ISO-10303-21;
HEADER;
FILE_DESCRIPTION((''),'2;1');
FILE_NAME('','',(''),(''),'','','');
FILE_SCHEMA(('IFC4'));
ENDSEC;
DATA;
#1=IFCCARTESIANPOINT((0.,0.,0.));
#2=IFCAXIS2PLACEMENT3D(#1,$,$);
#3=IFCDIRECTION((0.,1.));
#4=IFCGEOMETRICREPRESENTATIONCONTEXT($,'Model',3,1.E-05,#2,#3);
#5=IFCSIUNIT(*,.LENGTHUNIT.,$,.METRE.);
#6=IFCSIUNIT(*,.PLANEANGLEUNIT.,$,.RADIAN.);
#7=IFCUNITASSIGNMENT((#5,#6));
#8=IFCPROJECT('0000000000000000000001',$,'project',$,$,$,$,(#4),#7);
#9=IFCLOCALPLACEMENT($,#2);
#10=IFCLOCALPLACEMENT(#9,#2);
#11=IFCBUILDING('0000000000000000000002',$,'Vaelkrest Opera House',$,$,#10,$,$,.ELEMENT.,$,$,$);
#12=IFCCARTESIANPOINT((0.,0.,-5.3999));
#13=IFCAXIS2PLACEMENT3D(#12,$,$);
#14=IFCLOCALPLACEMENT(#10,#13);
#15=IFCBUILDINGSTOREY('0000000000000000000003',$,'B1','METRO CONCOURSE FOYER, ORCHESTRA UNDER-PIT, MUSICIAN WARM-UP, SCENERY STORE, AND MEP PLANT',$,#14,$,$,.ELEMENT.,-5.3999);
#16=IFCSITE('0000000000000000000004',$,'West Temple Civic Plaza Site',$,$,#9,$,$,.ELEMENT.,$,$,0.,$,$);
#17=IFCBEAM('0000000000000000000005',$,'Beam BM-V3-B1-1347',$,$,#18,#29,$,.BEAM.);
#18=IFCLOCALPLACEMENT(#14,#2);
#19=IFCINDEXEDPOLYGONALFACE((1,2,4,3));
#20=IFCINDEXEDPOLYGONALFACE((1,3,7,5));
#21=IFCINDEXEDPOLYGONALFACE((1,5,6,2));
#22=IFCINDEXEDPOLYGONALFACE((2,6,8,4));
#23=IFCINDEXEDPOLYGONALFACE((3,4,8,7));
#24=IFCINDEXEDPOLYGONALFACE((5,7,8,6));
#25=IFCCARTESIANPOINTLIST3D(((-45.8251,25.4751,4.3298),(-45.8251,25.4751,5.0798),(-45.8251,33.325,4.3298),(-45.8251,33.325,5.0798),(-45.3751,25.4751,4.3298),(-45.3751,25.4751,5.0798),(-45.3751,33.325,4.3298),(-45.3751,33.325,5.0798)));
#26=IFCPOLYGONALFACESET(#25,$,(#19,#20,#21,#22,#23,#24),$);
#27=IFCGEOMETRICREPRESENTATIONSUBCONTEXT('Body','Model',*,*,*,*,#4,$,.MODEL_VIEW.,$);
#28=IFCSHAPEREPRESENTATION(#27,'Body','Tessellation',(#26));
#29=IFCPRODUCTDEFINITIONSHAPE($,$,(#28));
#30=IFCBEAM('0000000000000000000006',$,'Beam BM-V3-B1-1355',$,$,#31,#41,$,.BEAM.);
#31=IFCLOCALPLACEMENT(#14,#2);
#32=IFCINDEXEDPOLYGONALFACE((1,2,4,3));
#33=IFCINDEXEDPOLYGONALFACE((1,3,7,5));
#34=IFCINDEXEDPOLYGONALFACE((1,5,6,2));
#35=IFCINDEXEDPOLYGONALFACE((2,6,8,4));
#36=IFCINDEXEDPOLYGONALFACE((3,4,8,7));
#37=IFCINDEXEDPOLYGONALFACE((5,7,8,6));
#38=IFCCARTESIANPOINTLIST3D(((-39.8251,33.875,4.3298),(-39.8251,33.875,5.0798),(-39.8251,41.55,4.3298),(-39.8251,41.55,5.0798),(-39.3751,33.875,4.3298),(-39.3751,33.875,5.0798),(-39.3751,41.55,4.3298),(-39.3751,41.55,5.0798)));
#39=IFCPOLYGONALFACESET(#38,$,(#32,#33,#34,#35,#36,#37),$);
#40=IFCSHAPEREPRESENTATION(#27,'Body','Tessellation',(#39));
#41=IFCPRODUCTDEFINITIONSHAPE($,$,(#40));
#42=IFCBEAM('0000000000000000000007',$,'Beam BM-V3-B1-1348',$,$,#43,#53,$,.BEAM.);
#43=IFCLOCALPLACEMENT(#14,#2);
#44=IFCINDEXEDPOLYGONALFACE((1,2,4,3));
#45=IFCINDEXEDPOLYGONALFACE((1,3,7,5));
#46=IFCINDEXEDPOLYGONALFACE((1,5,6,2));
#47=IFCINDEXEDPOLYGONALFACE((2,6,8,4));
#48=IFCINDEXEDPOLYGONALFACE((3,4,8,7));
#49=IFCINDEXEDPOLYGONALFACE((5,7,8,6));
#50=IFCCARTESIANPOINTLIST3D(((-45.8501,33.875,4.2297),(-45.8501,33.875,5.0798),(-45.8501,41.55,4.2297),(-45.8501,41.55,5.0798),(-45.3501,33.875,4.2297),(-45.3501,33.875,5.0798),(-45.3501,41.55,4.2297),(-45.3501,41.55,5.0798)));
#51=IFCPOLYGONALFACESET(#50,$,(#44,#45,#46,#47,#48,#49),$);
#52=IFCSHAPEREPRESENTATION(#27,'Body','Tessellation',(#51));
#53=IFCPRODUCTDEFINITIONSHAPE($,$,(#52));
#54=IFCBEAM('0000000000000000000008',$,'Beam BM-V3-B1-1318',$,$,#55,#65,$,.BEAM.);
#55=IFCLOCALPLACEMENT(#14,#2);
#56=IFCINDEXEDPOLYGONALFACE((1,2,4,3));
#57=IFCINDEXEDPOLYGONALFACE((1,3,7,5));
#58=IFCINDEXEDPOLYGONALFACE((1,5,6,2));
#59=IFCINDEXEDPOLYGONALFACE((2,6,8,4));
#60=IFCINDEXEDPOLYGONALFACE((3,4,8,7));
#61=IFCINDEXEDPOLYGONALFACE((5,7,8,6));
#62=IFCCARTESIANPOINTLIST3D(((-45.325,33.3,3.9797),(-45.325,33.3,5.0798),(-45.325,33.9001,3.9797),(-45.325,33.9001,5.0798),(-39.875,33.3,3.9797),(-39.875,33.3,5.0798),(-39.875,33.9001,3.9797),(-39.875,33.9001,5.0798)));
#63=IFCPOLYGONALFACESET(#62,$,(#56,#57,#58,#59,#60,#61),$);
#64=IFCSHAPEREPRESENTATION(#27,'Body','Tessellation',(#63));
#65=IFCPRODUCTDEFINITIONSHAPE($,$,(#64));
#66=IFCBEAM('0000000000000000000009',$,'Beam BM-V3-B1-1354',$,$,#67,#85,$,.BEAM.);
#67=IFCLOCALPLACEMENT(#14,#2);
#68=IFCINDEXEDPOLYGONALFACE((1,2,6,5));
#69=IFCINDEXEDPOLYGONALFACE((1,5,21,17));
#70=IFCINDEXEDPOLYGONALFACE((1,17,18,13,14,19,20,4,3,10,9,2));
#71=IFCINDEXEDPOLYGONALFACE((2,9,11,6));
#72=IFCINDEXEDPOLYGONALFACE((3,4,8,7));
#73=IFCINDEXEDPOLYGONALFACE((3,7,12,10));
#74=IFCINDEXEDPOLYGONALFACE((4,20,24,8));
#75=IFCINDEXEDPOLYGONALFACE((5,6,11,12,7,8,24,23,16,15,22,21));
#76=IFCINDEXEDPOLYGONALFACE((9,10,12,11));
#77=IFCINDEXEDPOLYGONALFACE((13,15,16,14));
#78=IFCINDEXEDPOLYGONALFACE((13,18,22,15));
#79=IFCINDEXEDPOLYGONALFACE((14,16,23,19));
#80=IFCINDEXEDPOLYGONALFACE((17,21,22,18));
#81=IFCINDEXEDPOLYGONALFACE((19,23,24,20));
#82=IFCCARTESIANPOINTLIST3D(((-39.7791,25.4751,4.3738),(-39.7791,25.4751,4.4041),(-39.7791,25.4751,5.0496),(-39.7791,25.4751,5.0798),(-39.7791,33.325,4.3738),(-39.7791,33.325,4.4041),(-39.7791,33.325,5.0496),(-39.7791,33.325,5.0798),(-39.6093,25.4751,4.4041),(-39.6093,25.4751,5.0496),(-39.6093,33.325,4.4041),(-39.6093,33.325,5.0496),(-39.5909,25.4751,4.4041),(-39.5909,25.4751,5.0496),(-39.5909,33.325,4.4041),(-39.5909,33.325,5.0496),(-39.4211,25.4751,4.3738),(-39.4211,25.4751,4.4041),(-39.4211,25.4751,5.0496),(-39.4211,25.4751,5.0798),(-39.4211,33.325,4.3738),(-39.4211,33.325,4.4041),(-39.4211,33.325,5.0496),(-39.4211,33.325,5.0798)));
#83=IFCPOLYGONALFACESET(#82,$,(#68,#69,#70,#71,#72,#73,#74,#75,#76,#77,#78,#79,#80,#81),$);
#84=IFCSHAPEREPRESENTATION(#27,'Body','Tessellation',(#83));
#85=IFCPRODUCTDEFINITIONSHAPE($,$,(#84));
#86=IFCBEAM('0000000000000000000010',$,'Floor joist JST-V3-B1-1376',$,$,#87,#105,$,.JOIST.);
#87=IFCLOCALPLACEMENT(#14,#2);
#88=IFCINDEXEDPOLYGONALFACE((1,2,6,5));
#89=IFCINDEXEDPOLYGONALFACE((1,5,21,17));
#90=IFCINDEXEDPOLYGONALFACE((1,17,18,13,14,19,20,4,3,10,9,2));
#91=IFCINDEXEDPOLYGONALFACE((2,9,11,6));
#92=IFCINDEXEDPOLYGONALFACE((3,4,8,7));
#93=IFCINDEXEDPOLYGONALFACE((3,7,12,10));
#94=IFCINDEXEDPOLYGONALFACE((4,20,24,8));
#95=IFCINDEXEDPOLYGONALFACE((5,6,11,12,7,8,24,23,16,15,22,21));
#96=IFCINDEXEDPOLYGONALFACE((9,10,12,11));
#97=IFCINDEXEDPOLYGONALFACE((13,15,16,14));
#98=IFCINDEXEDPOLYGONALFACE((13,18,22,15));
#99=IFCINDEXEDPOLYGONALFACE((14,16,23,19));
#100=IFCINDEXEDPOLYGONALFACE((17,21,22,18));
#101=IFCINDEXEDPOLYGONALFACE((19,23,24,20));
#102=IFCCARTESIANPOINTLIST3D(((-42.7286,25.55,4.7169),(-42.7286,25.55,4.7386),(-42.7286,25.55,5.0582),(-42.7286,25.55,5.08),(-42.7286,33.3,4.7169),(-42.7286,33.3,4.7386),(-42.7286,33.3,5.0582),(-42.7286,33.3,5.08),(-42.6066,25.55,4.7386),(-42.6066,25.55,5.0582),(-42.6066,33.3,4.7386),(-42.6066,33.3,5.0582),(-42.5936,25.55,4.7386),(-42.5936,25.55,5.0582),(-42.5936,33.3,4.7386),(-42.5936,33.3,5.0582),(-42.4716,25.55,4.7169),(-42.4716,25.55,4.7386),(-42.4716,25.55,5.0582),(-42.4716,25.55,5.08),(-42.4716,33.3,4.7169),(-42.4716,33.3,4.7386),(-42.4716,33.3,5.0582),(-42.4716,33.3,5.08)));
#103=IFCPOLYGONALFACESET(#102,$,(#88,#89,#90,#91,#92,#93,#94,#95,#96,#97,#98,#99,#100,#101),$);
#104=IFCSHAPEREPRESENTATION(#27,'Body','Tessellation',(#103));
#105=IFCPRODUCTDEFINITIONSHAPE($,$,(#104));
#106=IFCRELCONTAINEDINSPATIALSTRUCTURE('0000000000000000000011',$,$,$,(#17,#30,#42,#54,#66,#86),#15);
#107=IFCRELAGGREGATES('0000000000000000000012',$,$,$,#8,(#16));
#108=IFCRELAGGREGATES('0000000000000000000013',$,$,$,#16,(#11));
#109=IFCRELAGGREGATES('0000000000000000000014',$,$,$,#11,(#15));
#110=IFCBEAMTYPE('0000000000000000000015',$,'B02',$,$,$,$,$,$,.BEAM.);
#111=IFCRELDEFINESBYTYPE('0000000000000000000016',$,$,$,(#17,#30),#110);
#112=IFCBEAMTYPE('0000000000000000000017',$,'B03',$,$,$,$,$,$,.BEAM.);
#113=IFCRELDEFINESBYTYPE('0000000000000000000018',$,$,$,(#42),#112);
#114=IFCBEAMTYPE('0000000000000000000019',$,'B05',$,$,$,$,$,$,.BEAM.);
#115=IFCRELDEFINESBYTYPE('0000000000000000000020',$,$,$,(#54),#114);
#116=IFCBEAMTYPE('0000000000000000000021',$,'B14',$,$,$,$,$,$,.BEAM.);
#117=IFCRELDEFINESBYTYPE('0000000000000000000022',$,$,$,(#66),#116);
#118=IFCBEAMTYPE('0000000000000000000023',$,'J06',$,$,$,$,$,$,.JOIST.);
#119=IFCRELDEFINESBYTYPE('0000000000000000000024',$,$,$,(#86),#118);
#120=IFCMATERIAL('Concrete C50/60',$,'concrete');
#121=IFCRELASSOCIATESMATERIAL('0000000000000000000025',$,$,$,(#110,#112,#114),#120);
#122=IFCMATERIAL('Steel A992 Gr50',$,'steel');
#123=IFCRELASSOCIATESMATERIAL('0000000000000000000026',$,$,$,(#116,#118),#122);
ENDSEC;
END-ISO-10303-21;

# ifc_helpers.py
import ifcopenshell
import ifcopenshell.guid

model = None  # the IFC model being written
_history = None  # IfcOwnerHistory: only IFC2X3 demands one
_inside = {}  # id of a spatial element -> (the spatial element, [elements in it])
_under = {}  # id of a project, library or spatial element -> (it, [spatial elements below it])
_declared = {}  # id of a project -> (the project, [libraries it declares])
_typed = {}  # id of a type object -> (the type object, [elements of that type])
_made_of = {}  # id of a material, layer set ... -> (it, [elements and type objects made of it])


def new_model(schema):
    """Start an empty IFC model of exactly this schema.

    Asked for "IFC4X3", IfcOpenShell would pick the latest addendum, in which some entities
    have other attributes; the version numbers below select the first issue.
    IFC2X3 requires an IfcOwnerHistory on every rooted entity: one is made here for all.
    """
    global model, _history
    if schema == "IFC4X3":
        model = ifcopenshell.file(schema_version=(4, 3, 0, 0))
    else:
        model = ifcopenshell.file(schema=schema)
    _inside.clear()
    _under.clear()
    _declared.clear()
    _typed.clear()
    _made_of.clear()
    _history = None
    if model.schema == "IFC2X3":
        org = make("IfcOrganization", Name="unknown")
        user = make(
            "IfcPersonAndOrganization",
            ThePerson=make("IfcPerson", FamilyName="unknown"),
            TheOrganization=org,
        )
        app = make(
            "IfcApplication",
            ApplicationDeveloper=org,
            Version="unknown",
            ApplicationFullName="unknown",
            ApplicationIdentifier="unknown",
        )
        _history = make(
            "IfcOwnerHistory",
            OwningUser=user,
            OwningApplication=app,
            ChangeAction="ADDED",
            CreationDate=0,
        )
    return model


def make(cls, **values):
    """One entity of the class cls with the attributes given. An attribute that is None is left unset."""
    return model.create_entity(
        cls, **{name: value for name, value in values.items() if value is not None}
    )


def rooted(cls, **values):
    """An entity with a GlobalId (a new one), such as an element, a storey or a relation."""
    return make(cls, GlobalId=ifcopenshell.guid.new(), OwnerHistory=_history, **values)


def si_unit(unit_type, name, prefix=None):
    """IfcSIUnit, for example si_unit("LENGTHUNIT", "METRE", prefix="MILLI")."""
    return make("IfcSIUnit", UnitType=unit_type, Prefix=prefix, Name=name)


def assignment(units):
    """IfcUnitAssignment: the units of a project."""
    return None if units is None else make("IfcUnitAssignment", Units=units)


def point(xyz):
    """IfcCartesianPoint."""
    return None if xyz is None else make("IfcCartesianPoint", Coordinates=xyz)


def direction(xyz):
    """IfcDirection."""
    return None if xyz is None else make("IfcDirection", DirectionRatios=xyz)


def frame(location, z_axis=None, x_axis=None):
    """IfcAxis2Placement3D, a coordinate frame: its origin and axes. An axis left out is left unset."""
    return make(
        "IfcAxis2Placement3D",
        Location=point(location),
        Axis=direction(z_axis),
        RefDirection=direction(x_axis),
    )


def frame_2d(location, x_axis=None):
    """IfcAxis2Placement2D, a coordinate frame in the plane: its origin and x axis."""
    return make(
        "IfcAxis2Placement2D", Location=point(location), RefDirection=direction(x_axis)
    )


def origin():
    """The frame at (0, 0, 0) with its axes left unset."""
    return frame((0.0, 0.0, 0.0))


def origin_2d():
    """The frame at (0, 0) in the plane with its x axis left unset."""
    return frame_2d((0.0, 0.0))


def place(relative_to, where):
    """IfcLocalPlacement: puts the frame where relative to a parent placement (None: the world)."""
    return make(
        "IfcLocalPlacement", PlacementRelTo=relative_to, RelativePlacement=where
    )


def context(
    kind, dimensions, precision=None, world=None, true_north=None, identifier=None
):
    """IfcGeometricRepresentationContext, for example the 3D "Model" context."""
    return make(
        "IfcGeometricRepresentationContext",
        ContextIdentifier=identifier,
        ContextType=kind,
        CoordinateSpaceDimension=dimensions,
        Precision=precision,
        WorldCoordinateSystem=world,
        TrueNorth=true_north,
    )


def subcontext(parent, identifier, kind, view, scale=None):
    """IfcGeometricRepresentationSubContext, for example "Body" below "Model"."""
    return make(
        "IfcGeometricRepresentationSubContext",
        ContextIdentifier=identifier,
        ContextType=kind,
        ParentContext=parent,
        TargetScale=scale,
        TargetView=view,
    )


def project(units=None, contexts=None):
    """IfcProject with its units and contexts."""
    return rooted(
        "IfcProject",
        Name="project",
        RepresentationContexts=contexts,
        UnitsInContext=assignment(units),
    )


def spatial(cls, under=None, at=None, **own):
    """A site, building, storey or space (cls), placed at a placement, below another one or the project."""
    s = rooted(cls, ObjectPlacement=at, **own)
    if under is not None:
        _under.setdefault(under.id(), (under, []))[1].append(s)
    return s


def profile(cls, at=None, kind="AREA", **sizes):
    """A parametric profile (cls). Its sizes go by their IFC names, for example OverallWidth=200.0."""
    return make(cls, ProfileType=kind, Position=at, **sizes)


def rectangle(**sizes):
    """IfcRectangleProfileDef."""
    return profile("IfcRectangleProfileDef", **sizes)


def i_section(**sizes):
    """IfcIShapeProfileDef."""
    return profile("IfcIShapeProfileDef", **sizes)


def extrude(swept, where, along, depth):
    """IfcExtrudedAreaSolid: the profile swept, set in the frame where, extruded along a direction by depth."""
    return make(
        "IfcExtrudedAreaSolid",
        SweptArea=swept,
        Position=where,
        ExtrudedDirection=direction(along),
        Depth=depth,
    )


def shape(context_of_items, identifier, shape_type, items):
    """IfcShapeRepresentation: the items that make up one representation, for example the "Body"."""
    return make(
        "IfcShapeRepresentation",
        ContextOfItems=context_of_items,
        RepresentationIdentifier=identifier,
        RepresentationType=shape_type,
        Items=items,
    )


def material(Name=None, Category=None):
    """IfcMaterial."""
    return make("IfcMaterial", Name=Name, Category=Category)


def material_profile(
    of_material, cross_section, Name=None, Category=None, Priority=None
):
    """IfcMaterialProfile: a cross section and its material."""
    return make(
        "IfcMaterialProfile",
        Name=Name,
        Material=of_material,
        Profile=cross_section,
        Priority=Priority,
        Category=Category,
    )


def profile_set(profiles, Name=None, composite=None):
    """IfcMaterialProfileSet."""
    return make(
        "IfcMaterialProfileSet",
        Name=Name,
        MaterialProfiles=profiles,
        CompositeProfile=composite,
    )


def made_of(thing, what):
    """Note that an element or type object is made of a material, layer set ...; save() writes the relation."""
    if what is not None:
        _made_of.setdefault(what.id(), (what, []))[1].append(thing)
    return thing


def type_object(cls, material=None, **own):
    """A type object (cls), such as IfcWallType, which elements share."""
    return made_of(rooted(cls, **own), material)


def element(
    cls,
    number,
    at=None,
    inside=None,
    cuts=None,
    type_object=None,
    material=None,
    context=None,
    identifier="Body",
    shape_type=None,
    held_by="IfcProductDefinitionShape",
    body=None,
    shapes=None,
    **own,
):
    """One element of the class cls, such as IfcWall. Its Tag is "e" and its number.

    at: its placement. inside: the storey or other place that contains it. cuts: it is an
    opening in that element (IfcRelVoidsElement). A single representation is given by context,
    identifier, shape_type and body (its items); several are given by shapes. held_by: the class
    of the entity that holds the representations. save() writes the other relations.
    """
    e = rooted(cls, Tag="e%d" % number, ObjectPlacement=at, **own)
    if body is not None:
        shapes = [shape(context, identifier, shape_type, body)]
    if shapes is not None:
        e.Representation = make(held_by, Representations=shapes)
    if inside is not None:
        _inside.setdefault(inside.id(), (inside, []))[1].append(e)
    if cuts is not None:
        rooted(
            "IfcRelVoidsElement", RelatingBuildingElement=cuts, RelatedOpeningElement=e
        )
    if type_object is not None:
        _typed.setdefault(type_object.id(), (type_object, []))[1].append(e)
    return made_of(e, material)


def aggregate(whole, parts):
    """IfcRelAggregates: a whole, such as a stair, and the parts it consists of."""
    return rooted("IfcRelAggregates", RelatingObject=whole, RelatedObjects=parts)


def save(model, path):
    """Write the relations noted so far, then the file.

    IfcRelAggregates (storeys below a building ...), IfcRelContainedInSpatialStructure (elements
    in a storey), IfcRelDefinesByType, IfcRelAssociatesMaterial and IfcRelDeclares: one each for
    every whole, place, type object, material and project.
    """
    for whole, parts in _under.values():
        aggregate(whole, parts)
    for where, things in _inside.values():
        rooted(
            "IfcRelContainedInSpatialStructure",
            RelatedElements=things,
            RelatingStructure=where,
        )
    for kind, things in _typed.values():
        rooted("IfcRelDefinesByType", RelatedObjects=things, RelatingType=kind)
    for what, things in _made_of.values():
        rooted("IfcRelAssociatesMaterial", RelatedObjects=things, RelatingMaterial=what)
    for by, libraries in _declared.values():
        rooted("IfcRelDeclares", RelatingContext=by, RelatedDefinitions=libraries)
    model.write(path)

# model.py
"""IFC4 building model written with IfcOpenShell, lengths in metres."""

from ifc_helpers import new_model, si_unit, direction, frame, origin, origin_2d, place, context, subcontext, project, spatial, rectangle, i_section, extrude, material, material_profile, profile_set, type_object, element, save


model = new_model("IFC4")

# Units and contexts
model_context = context("Model", 3, precision=1e-05, world=origin(), true_north=direction((0.0, 1.0)))
body_context = subcontext(model_context, "Body", "Model", "MODEL_VIEW")
ifc_project = project(units=[si_unit("LENGTHUNIT", "METRE"), si_unit("PLANEANGLEUNIT", "RADIAN")], contexts=[model_context])

# Site, building, storey
site_placement = place(None, origin())
site = spatial("IfcSite", under=ifc_project, at=site_placement, Name="West Temple Civic Plaza Site", CompositionType="ELEMENT", RefElevation=0.0)
building_placement = place(site_placement, origin())
building = spatial("IfcBuilding", under=site, at=building_placement, Name="Vaelkrest Opera House", CompositionType="ELEMENT")
storey_placement = place(building_placement, frame((0.0, 0.0, -5.3999)))
storey = spatial("IfcBuildingStorey", under=building, at=storey_placement, Name="B1", Description="METRO CONCOURSE FOYER, ORCHESTRA UNDER-PIT, MUSICIAN WARM-UP, SCENERY STORE, AND MEP PLANT", CompositionType="ELEMENT", Elevation=-5.3999)

# Shared definitions
ifc_material_1 = material(Name="Concrete C50/60", Category="concrete")

# Beams
ifc_material_profile_1 = material_profile(ifc_material_1, rectangle(XDim=0.45, YDim=0.75, at=origin_2d()), Name="RCB450X750")
ifc_profile_set_1 = profile_set([ifc_material_profile_1], Name="Concrete C50/60")
beam_type_1 = type_object("IfcBeamType", Name="B02", PredefinedType="BEAM", material=ifc_profile_set_1)
beam_1_placement = place(storey_placement, frame((-45.6001, 25.4751, 4.7048), z_axis=(0.0, 1.0, 0.0), x_axis=(-1.0, 0.0, 0.0)))
element("IfcBeam", 1, at=beam_1_placement, inside=storey, type_object=beam_type_1, Name="Beam BM-V3-B1-1347", PredefinedType="BEAM", context=body_context, shape_type="SweptSolid", body=[
    extrude(rectangle(XDim=0.45, YDim=0.75, at=origin_2d()), origin(), (0.0, 0.0, 1.0), 7.8499),
])
beam_2_placement = place(storey_placement, frame((-39.6001, 33.875, 4.7048), z_axis=(0.0, 1.0, 0.0), x_axis=(-1.0, 0.0, 0.0)))
element("IfcBeam", 2, at=beam_2_placement, inside=storey, type_object=beam_type_1, Name="Beam BM-V3-B1-1355", PredefinedType="BEAM", context=body_context, shape_type="SweptSolid", body=[
    extrude(rectangle(XDim=0.45, YDim=0.75, at=origin_2d()), origin(), (0.0, 0.0, 1.0), 7.675),
])
ifc_material_profile_2 = material_profile(ifc_material_1, rectangle(XDim=0.5, YDim=0.8501, at=origin_2d()), Name="RCB500X850")
ifc_profile_set_2 = profile_set([ifc_material_profile_2], Name="Concrete C50/60")
beam_type_2 = type_object("IfcBeamType", Name="B03", PredefinedType="BEAM", material=ifc_profile_set_2)
beam_3_placement = place(storey_placement, frame((-45.6001, 33.875, 4.6548), z_axis=(0.0, 1.0, 0.0), x_axis=(-1.0, 0.0, 0.0)))
element("IfcBeam", 3, at=beam_3_placement, inside=storey, type_object=beam_type_2, Name="Beam BM-V3-B1-1348", PredefinedType="BEAM", context=body_context, shape_type="SweptSolid", body=[
    extrude(rectangle(XDim=0.5, YDim=0.8501, at=origin_2d()), origin(), (0.0, 0.0, 1.0), 7.675),
])
ifc_material_profile_3 = material_profile(ifc_material_1, rectangle(XDim=0.6001, YDim=1.1001, at=origin_2d()), Name="RCB600X1100")
ifc_profile_set_3 = profile_set([ifc_material_profile_3], Name="Concrete C50/60")
beam_type_3 = type_object("IfcBeamType", Name="B05", PredefinedType="BEAM", material=ifc_profile_set_3)
beam_4_placement = place(storey_placement, frame((-45.325, 33.6001, 4.5298), z_axis=(1.0, 0.0, 0.0), x_axis=(0.0, 1.0, 0.0)))
element("IfcBeam", 4, at=beam_4_placement, inside=storey, type_object=beam_type_3, Name="Beam BM-V3-B1-1318", PredefinedType="BEAM", context=body_context, shape_type="SweptSolid", body=[
    extrude(rectangle(XDim=0.6001, YDim=1.1001, at=origin_2d()), origin(), (0.0, 0.0, 1.0), 5.45),
])
ifc_material_2 = material(Name="Steel A992 Gr50", Category="steel")
ifc_material_profile_4 = material_profile(ifc_material_2, i_section(OverallWidth=0.3579, OverallDepth=0.7061, WebThickness=0.0183, FlangeThickness=0.0303, at=origin_2d()), Name="W27X178")
ifc_profile_set_4 = profile_set([ifc_material_profile_4], Name="Steel A992 Gr50")
beam_type_4 = type_object("IfcBeamType", Name="B14", PredefinedType="BEAM", material=ifc_profile_set_4)
beam_5_placement = place(storey_placement, frame((-39.6001, 25.4751, 4.7268), z_axis=(0.0, 1.0, 0.0), x_axis=(-1.0, 0.0, 0.0)))
element("IfcBeam", 5, at=beam_5_placement, inside=storey, type_object=beam_type_4, Name="Beam BM-V3-B1-1354", PredefinedType="BEAM", context=body_context, shape_type="SweptSolid", body=[
    extrude(i_section(OverallWidth=0.3579, OverallDepth=0.7061, WebThickness=0.0183, FlangeThickness=0.0303, at=origin_2d()), origin(), (0.0, 0.0, 1.0), 7.8499),
])
ifc_material_profile_5 = material_profile(ifc_material_2, i_section(OverallWidth=0.2571, OverallDepth=0.363, WebThickness=0.0129, FlangeThickness=0.0217, at=origin_2d()), Name="W14X82")
ifc_profile_set_5 = profile_set([ifc_material_profile_5], Name="Steel A992 Gr50")
beam_type_5 = type_object("IfcBeamType", Name="J06", PredefinedType="JOIST", material=ifc_profile_set_5)
beam_6_placement = place(storey_placement, frame((-42.6001, 25.55, 4.8984), z_axis=(0.0, 1.0, 0.0), x_axis=(-1.0, 0.0, 0.0)))
element("IfcBeam", 6, at=beam_6_placement, inside=storey, type_object=beam_type_5, Name="Floor joist JST-V3-B1-1376", PredefinedType="JOIST", context=body_context, shape_type="SweptSolid", body=[
    extrude(i_section(OverallWidth=0.2571, OverallDepth=0.363, WebThickness=0.0129, FlangeThickness=0.0217, at=origin_2d()), origin(), (0.0, 0.0, 1.0), 7.75),
])

save(model, "model.ifc")
